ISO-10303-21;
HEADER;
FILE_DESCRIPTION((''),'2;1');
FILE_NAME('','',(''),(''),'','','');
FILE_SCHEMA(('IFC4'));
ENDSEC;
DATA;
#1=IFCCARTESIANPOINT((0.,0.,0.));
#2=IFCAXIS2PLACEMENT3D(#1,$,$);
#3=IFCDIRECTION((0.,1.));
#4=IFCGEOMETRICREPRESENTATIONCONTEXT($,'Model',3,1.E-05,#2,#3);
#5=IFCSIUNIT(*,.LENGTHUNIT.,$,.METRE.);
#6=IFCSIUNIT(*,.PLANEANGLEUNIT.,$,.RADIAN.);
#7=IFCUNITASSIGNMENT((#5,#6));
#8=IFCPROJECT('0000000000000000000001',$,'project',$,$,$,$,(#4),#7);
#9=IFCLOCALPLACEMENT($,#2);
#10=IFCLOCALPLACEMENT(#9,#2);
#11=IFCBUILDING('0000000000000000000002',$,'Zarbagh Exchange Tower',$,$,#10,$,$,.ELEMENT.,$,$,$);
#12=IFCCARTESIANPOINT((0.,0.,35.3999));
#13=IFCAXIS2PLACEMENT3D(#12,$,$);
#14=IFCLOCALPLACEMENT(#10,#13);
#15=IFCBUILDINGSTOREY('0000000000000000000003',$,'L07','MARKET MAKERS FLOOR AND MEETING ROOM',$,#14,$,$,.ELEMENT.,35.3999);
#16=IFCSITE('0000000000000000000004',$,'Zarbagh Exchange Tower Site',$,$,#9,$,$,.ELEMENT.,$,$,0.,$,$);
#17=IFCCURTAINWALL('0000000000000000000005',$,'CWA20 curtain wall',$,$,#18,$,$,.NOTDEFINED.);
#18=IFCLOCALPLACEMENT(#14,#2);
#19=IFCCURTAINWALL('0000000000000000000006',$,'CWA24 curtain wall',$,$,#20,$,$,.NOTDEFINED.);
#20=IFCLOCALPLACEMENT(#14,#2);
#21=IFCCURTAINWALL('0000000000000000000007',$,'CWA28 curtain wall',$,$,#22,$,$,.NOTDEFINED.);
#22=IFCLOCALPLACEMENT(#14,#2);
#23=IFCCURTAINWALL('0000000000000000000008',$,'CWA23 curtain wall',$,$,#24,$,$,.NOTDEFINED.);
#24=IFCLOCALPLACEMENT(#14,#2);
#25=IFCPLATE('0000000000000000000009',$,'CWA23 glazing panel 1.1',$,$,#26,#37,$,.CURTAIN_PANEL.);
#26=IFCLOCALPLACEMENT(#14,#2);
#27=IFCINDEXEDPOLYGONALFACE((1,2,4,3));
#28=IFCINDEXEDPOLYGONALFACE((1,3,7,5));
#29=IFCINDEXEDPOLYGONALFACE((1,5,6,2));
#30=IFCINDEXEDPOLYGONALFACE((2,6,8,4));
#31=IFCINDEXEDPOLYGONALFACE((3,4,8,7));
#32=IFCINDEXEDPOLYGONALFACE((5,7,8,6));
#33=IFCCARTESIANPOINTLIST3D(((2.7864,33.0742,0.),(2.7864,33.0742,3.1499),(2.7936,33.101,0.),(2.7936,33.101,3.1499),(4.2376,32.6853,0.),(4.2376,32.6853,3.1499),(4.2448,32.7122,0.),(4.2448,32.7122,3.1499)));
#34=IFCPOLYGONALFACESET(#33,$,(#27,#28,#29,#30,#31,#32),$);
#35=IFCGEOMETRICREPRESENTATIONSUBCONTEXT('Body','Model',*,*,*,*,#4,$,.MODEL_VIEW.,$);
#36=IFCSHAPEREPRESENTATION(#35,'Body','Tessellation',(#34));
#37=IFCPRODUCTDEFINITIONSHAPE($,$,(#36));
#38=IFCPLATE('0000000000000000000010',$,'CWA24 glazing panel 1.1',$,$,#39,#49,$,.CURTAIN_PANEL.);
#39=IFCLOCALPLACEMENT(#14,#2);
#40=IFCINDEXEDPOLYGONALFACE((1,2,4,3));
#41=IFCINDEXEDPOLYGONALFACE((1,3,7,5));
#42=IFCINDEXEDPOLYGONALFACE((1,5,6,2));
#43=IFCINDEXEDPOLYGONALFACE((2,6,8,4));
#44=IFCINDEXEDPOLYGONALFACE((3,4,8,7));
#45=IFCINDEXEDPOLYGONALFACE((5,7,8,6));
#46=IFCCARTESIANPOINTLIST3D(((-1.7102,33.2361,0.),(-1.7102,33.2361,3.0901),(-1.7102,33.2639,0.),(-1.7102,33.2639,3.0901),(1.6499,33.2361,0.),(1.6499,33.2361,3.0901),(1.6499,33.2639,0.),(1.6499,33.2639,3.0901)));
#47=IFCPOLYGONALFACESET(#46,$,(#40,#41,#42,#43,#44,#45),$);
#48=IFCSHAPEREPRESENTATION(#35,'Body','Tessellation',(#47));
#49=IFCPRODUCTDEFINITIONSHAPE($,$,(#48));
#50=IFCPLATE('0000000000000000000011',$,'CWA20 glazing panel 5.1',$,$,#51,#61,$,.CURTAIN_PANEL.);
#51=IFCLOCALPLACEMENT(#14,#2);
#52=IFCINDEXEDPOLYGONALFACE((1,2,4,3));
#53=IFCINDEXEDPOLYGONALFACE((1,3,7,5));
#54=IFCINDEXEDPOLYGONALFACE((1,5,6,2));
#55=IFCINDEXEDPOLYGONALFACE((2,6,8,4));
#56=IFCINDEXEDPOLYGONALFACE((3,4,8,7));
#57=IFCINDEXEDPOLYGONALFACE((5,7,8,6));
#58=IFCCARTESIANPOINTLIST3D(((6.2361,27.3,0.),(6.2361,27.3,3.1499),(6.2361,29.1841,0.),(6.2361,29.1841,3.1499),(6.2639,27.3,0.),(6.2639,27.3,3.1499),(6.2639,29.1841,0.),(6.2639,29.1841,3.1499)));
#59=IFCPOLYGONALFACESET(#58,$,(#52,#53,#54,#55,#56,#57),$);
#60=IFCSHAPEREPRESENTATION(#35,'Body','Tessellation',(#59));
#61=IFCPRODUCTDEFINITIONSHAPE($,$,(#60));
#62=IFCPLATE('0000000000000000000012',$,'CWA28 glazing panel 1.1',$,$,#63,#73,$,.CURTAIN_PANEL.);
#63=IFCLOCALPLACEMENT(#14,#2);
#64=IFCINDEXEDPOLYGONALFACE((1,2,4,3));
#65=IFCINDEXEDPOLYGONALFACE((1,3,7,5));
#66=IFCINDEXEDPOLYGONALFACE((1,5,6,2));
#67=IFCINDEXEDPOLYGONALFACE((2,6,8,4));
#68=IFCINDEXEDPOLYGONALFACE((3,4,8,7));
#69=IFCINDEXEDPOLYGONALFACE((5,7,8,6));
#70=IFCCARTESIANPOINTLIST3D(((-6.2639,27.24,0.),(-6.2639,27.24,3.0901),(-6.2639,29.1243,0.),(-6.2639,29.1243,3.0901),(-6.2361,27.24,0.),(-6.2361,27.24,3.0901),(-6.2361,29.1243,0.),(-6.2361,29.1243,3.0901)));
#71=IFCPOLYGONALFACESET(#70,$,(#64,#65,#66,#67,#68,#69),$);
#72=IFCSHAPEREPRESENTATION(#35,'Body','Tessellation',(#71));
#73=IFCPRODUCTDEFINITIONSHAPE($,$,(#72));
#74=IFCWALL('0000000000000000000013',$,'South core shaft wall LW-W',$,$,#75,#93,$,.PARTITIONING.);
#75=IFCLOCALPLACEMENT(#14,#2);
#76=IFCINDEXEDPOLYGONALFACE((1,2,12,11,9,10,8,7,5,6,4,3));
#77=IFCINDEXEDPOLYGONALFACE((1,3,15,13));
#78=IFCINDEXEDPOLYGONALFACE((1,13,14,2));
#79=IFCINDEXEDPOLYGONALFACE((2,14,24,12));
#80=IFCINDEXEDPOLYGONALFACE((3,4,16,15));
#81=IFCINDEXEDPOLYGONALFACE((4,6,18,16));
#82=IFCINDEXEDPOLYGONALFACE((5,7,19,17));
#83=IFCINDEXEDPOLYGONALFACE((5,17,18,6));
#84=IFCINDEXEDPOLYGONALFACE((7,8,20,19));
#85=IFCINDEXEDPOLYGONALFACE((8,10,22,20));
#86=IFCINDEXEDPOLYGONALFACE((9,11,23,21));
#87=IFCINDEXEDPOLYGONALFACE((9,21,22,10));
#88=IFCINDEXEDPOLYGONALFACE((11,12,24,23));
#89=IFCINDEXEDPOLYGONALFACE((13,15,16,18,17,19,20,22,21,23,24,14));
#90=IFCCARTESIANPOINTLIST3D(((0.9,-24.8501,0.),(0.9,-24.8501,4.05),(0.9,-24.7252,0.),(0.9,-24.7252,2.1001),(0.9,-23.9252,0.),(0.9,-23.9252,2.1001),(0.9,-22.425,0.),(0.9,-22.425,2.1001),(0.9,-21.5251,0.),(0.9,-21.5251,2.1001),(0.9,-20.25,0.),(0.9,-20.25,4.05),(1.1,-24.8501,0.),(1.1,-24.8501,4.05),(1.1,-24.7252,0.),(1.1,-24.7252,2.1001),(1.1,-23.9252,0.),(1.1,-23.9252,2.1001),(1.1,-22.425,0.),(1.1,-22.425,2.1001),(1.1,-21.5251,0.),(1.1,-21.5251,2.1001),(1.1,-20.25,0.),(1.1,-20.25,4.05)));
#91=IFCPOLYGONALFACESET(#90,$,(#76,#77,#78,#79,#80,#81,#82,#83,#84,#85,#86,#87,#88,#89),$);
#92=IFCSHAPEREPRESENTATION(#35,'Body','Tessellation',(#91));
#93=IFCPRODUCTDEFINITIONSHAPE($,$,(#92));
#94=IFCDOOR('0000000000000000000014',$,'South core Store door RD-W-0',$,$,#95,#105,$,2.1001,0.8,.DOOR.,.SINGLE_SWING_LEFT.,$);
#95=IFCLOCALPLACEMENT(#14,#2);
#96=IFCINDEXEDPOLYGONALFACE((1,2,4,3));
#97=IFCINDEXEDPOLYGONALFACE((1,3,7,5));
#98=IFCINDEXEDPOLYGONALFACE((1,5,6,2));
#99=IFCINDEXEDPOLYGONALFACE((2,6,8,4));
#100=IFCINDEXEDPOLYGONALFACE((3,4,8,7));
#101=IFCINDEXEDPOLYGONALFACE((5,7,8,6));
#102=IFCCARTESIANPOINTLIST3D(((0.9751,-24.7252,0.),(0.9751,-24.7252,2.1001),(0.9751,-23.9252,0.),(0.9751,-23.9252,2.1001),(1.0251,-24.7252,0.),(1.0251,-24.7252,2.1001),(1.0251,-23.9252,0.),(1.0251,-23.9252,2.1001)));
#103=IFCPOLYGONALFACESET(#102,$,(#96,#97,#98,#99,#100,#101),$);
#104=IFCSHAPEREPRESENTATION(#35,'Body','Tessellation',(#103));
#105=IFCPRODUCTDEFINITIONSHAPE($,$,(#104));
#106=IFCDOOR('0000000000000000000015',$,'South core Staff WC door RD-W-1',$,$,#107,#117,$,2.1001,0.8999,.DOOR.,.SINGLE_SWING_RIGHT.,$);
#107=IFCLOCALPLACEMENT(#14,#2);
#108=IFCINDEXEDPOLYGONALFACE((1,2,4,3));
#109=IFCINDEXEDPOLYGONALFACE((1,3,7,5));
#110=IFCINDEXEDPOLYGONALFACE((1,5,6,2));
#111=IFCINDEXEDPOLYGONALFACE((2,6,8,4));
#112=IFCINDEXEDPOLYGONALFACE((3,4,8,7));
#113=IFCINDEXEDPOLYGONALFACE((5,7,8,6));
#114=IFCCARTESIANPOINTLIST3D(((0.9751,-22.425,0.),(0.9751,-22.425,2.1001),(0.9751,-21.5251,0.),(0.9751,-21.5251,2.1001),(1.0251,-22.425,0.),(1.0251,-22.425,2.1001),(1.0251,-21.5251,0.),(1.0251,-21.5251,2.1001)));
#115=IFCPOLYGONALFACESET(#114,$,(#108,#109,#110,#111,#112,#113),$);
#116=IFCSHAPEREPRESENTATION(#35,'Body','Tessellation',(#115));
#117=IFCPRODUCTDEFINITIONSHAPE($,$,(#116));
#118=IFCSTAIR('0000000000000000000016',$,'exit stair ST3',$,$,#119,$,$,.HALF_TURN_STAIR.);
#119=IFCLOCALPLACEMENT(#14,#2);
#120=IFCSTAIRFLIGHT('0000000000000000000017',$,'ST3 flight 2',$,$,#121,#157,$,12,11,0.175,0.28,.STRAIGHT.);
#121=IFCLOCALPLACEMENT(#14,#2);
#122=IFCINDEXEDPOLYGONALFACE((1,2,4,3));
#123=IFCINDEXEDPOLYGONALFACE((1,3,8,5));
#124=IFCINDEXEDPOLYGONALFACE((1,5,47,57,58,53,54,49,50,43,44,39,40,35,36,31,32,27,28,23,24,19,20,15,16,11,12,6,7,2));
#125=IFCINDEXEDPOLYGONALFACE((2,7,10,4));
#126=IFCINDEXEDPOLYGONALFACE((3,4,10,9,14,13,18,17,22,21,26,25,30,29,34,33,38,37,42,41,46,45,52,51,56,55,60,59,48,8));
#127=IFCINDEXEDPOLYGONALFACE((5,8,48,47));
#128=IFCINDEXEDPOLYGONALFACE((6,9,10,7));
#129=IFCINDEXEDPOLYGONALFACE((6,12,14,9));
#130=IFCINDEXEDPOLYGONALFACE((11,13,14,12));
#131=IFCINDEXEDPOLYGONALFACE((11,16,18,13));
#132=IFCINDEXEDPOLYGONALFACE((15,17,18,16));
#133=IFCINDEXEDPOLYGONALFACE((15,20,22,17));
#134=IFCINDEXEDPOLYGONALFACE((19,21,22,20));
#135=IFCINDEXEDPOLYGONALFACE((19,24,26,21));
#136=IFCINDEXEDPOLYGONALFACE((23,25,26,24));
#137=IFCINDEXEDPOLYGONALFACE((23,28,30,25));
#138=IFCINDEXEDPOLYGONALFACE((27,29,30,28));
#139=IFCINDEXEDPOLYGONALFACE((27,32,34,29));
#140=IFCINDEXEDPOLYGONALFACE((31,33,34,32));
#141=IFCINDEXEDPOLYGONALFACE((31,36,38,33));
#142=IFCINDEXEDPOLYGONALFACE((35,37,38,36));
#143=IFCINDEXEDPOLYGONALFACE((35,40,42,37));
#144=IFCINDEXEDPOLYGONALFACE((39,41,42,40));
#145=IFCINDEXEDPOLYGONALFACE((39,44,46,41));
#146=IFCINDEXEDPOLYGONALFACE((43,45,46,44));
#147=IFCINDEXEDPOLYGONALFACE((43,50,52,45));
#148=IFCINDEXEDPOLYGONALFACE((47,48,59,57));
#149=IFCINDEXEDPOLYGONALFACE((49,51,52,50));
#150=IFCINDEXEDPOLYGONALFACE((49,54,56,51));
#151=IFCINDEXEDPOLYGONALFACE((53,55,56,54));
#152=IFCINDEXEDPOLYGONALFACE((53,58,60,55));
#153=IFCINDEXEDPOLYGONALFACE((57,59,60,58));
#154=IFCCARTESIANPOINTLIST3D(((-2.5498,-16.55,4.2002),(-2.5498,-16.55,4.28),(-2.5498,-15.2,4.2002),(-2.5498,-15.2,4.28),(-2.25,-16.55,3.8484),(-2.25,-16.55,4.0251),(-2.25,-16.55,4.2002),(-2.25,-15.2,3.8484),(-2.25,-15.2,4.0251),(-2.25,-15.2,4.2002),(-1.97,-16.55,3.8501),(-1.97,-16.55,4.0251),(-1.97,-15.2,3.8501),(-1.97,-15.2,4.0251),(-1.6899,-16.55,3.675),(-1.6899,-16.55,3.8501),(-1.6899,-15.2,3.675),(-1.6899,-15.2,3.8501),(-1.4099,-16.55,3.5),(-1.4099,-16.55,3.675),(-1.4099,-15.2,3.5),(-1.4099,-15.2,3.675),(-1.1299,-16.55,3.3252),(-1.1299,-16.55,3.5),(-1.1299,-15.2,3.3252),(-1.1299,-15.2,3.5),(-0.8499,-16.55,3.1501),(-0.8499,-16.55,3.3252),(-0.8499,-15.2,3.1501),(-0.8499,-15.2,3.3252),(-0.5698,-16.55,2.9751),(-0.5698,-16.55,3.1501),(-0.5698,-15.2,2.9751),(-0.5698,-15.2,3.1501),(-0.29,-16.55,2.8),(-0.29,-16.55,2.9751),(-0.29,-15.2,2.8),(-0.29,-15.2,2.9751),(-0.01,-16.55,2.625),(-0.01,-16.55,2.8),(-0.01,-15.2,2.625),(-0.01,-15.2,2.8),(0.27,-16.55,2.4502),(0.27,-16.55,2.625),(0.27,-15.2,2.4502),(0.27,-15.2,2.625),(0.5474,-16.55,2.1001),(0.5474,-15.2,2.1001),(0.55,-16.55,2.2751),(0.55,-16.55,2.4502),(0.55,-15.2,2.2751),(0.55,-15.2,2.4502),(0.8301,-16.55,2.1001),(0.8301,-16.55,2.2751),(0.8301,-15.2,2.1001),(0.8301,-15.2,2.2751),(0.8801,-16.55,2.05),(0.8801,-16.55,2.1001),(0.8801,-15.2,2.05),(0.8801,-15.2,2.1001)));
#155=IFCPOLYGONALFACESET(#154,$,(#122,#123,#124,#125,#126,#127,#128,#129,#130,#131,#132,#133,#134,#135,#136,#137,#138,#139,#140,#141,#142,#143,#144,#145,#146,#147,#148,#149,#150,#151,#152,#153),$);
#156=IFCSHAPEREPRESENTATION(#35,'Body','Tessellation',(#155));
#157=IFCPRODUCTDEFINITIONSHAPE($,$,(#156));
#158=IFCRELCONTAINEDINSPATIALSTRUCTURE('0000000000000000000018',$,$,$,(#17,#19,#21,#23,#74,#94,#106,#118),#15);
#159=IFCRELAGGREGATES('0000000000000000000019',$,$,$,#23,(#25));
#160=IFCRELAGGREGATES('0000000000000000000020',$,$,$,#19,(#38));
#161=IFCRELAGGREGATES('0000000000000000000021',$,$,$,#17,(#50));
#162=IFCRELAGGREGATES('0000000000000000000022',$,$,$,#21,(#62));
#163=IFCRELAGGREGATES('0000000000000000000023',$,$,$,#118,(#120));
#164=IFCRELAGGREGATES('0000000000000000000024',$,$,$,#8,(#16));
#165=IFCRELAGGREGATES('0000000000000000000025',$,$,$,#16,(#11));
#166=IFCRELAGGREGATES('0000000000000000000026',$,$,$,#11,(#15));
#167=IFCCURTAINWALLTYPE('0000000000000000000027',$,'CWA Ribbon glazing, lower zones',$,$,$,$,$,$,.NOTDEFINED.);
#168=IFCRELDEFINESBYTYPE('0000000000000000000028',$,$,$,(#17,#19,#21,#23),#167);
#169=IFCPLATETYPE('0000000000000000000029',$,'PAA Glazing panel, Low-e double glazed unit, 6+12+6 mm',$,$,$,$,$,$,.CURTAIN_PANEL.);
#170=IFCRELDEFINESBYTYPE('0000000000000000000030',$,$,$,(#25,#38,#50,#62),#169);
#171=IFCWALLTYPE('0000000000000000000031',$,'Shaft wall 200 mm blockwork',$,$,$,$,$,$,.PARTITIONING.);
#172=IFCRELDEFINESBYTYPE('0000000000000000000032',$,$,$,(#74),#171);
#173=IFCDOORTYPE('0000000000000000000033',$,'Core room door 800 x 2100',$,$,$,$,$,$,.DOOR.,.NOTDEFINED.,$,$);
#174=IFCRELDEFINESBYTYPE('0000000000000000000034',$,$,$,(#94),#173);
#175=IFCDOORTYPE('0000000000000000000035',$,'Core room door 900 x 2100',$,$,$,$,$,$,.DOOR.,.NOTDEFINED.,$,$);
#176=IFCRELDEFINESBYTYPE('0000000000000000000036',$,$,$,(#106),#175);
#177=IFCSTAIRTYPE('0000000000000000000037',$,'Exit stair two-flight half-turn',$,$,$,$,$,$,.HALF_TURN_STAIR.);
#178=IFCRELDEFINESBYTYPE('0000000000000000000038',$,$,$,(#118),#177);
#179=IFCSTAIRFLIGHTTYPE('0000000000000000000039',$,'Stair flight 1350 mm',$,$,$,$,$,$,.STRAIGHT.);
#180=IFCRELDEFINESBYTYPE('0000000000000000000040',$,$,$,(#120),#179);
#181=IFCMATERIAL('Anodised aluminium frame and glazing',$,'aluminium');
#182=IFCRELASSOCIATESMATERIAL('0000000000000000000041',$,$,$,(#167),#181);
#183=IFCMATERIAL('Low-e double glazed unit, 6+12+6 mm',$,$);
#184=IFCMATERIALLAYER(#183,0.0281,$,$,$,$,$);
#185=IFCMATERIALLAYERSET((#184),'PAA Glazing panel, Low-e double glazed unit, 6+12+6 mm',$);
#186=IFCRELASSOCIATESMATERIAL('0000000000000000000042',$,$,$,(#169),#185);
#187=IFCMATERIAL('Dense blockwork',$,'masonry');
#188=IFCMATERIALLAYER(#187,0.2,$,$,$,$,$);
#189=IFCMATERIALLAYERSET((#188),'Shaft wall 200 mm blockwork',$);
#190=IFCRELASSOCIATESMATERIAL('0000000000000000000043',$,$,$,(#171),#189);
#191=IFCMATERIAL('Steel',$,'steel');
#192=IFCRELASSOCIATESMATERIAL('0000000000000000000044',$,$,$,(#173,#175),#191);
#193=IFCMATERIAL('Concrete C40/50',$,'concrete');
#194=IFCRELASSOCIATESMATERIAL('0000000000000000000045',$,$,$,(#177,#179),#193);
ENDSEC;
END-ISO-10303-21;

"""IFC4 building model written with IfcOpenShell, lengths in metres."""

from ifc_helpers import new_model, si_unit, direction, frame, frame_2d, origin, place, context, subcontext, project, spatial, polyline, rectangle, outline, extrude, source, transform, mapped, material, layer, layer_set, type_object, element, fill, aggregate, save


model = new_model("IFC4")

# Units and contexts
model_context = context("Model", 3, precision=1e-05, world=origin(), true_north=direction((0.0, 1.0)))
body_context = subcontext(model_context, "Body", "Model", "MODEL_VIEW")
ifc_project = project(units=[si_unit("LENGTHUNIT", "METRE"), si_unit("PLANEANGLEUNIT", "RADIAN")], contexts=[model_context])

# Site, building, storey
site_placement = place(None, origin())
site = spatial("IfcSite", under=ifc_project, at=site_placement, Name="Zarbagh Exchange Tower Site", CompositionType="ELEMENT", RefElevation=0.0)
building_placement = place(site_placement, origin())
building = spatial("IfcBuilding", under=site, at=building_placement, Name="Zarbagh Exchange Tower", CompositionType="ELEMENT")
storey_placement = place(building_placement, frame((0.0, 0.0, 35.3999)))
storey = spatial("IfcBuildingStorey", under=building, at=storey_placement, Name="L07", Description="MARKET MAKERS FLOOR AND MEETING ROOM", CompositionType="ELEMENT", Elevation=35.3999)

# Curtain walls
ifc_material_1 = material(Name="Anodised aluminium frame and glazing", Category="aluminium")
curtain_wall_type = type_object("IfcCurtainWallType", Name="CWA Ribbon glazing, lower zones", PredefinedType="NOTDEFINED", material=ifc_material_1)
curtain_wall_1_placement = place(storey_placement, origin())
curtain_wall_1 = element("IfcCurtainWall", 1, at=curtain_wall_1_placement, inside=storey, type_object=curtain_wall_type, Name="CWA20 curtain wall", PredefinedType="NOTDEFINED")
placement = place(storey_placement, origin())
curtain_wall_2_placement = place(storey_placement, origin())
curtain_wall_2 = element("IfcCurtainWall", 2, at=curtain_wall_2_placement, inside=storey, type_object=curtain_wall_type, Name="CWA24 curtain wall", PredefinedType="NOTDEFINED")
curtain_wall_3_placement = place(storey_placement, origin())
curtain_wall_3 = element("IfcCurtainWall", 3, at=curtain_wall_3_placement, inside=storey, type_object=curtain_wall_type, Name="CWA28 curtain wall", PredefinedType="NOTDEFINED")

# Shared definitions
ifc_material_2 = material(Name="Low-e double glazed unit, 6+12+6 mm")
ifc_layer_1 = layer(ifc_material_2, 0.0281)
ifc_layer_set_1 = layer_set([ifc_layer_1], Name="PAA Glazing panel, Low-e double glazed unit, 6+12+6 mm")
plate_type = type_object("IfcPlateType", Name="PAA Glazing panel, Low-e double glazed unit, 6+12+6 mm", PredefinedType="CURTAIN_PANEL", material=ifc_layer_set_1)

# Curtain wall, plate
curtain_wall_4_placement = place(storey_placement, origin())
curtain_wall_4 = element("IfcCurtainWall", 4, at=curtain_wall_4_placement, inside=storey, type_object=curtain_wall_type, Name="CWA23 curtain wall", PredefinedType="NOTDEFINED")
shared_shape_1 = source(origin(), body_context, "Body", "SweptSolid", [
    extrude(outline(polyline([(0.0, -0.0139), (1.5024, -0.0139), (1.5024, 0.0139), (0.0, 0.0139), (0.0, -0.0139)])), origin(), (0.0, 0.0, 1.0), 3.1499),
])
plate_1 = element("IfcPlate", 5, at=placement, type_object=plate_type, Name="CWA23 glazing panel 1.1", PredefinedType="CURTAIN_PANEL", context=body_context, shape_type="MappedRepresentation", body=[
    mapped(shared_shape_1, transform((4.2412, 32.6987, 0.0), x_axis=(-0.965924, 0.258825, 0.0), y_axis=(-0.258825, -0.965924, 0.0), z_axis=(0.0, 0.0, 1.0))),
])
aggregate(curtain_wall_4, [plate_1])

# Plates
shared_shape_2 = source(origin(), body_context, "Body", "SweptSolid", [
    extrude(outline(polyline([(0.0, -0.0139), (3.3601, -0.0139), (3.3601, 0.0139), (0.0, 0.0139), (0.0, -0.0139)])), origin(), (0.0, 0.0, 1.0), 3.0901),
])
plate_2 = element("IfcPlate", 6, at=placement, type_object=plate_type, Name="CWA24 glazing panel 1.1", PredefinedType="CURTAIN_PANEL", context=body_context, shape_type="MappedRepresentation", body=[
    mapped(shared_shape_2, transform((1.6499, 33.25, 0.0), x_axis=(-1.0, 0.0, 0.0), y_axis=(0.0, -1.0, 0.0), z_axis=(0.0, 0.0, 1.0))),
])
aggregate(curtain_wall_2, [plate_2])
shared_shape_3 = source(origin(), body_context, "Body", "SweptSolid", [
    extrude(outline(polyline([(0.0, -0.0139), (1.884, -0.0139), (1.884, 0.0139), (0.0, 0.0139), (0.0, -0.0139)])), origin(), (0.0, 0.0, 1.0), 3.1499),
])
plate_3 = element("IfcPlate", 7, at=placement, type_object=plate_type, Name="CWA20 glazing panel 5.1", PredefinedType="CURTAIN_PANEL", context=body_context, shape_type="MappedRepresentation", body=[
    mapped(shared_shape_3, transform((6.25, 27.3, 0.0), x_axis=(0.0, 1.0, 0.0), y_axis=(-1.0, 0.0, 0.0), z_axis=(0.0, 0.0, 1.0))),
])
aggregate(curtain_wall_1, [plate_3])
shared_shape_4 = source(origin(), body_context, "Body", "SweptSolid", [
    extrude(outline(polyline([(0.0, -0.0139), (1.8843, -0.0139), (1.8843, 0.0139), (0.0, 0.0139), (0.0, -0.0139)])), origin(), (0.0, 0.0, 1.0), 3.0901),
])
plate_4 = element("IfcPlate", 8, at=placement, type_object=plate_type, Name="CWA28 glazing panel 1.1", PredefinedType="CURTAIN_PANEL", context=body_context, shape_type="MappedRepresentation", body=[
    mapped(shared_shape_4, transform((-6.25, 29.1243, 0.0), x_axis=(0.0, -1.0, 0.0), y_axis=(1.0, 0.0, 0.0), z_axis=(0.0, 0.0, 1.0))),
])
aggregate(curtain_wall_3, [plate_4])

# Wall, openings, doors
ifc_material_3 = material(Name="Dense blockwork", Category="masonry")
ifc_layer_2 = layer(ifc_material_3, 0.2)
ifc_layer_set_2 = layer_set([ifc_layer_2], Name="Shaft wall 200 mm blockwork")
wall_type = type_object("IfcWallType", Name="Shaft wall 200 mm blockwork", PredefinedType="PARTITIONING", material=ifc_layer_set_2)
wall_placement = place(storey_placement, frame((1.0, -24.8501, 0.0), z_axis=(0.0, 0.0, 1.0), x_axis=(0.0, 1.0, 0.0)))
wall = element("IfcWall", 9, at=wall_placement, inside=storey, type_object=wall_type, Name="South core shaft wall LW-W", PredefinedType="PARTITIONING", context=body_context, shape_type="SweptSolid", body=[
    extrude(rectangle(XDim=4.6001, YDim=0.2, at=frame_2d((2.3, 0.0))), origin(), (0.0, 0.0, 1.0), 4.05),
])
opening_1_placement = place(wall_placement, frame((0.125, 0.0, 0.0)))
opening_1 = element("IfcOpeningElement", 10, at=opening_1_placement, cuts=wall, PredefinedType="OPENING", context=body_context, shape_type="SweptSolid", body=[
    extrude(rectangle(XDim=0.8, YDim=2.1001, at=frame_2d((0.3999, 1.05))), frame((0.0, 0.1099, 0.0), z_axis=(0.0, -1.0, 0.0), x_axis=(1.0, 0.0, 0.0)), (0.0, 0.0, 1.0), 0.22),
])
opening_2_placement = place(wall_placement, frame((2.425, 0.0, 0.0)))
opening_2 = element("IfcOpeningElement", 11, at=opening_2_placement, cuts=wall, PredefinedType="OPENING", context=body_context, shape_type="SweptSolid", body=[
    extrude(rectangle(XDim=0.8999, YDim=2.1001, at=frame_2d((0.45, 1.05))), frame((0.0, 0.1099, 0.0), z_axis=(0.0, -1.0, 0.0), x_axis=(1.0, 0.0, 0.0)), (0.0, 0.0, 1.0), 0.22),
])
ifc_material_4 = material(Name="Steel", Category="steel")
door_type_1 = type_object("IfcDoorType", Name="Core room door 800 x 2100", OperationType="NOTDEFINED", PredefinedType="DOOR", material=ifc_material_4)
door_1_placement = place(opening_1_placement, origin())
door_1 = element("IfcDoor", 12, at=door_1_placement, inside=storey, type_object=door_type_1, Name="South core Store door RD-W-0", OperationType="SINGLE_SWING_LEFT", OverallHeight=2.1001, OverallWidth=0.8, PredefinedType="DOOR", context=body_context, shape_type="SweptSolid", body=[
    extrude(rectangle(XDim=0.8, YDim=2.1001, at=frame_2d((0.3999, 1.05))), frame((0.0, 0.0249, 0.0), z_axis=(0.0, -1.0, 0.0), x_axis=(1.0, 0.0, 0.0)), (0.0, 0.0, 1.0), 0.05),
])
fill(opening_1, door_1)
door_type_2 = type_object("IfcDoorType", Name="Core room door 900 x 2100", OperationType="NOTDEFINED", PredefinedType="DOOR", material=ifc_material_4)
door_2_placement = place(opening_2_placement, origin())
door_2 = element("IfcDoor", 13, at=door_2_placement, inside=storey, type_object=door_type_2, Name="South core Staff WC door RD-W-1", OperationType="SINGLE_SWING_RIGHT", OverallHeight=2.1001, OverallWidth=0.8999, PredefinedType="DOOR", context=body_context, shape_type="SweptSolid", body=[
    extrude(rectangle(XDim=0.8999, YDim=2.1001, at=frame_2d((0.45, 1.05))), frame((0.0, 0.0249, 0.0), z_axis=(0.0, -1.0, 0.0), x_axis=(1.0, 0.0, 0.0)), (0.0, 0.0, 1.0), 0.05),
])
fill(opening_2, door_2)

# Stair, stair flight
ifc_material_5 = material(Name="Concrete C40/50", Category="concrete")
stair_type = type_object("IfcStairType", Name="Exit stair two-flight half-turn", PredefinedType="HALF_TURN_STAIR", material=ifc_material_5)
stair_1_placement = place(storey_placement, origin())
stair_1 = element("IfcStair", 14, at=stair_1_placement, inside=storey, type_object=stair_type, Name="exit stair ST3", PredefinedType="HALF_TURN_STAIR")
stair_flight_type = type_object("IfcStairFlightType", Name="Stair flight 1350 mm", PredefinedType="STRAIGHT", material=ifc_material_5)
stair_flight_1_placement = place(storey_placement, frame((0.8301, -15.875, 2.1001), z_axis=(0.0, 0.0, 1.0), x_axis=(-1.0, 0.0, 0.0)))
stair_flight_1 = element("IfcStairFlight", 15, at=stair_flight_1_placement, type_object=stair_flight_type, Name="ST3 flight 2", NumberOfRisers=12, NumberOfTreads=11, PredefinedType="STRAIGHT", RiserHeight=0.175, TreadLength=0.28, context=body_context, shape_type="SweptSolid", body=[
    extrude(outline(polyline([(-0.05, -0.05), (-0.05, 0.0), (0.0, 0.0), (0.0, 0.175), (0.28, 0.175), (0.28, 0.3501), (0.5601, 0.3501), (0.5601, 0.5249), (0.8401, 0.5249), (0.8401, 0.7), (1.1201, 0.7), (1.1201, 0.875), (1.3999, 0.875), (1.3999, 1.05), (1.6799, 1.05), (1.6799, 1.2251), (1.96, 1.2251), (1.96, 1.3999), (2.24, 1.3999), (2.24, 1.575), (2.52, 1.575), (2.52, 1.75), (2.8, 1.75), (2.8, 1.925), (3.0801, 1.925), (3.0801, 2.1001), (3.3799, 2.1799), (3.3799, 2.1001), (3.0801, 1.7483), (0.2827, 0.0), (-0.05, -0.05)])), frame((0.0, 0.675, 0.0), z_axis=(0.0, -1.0, 0.0), x_axis=(1.0, 0.0, 0.0)), (0.0, 0.0, 1.0), 1.3501),
])
aggregate(stair_1, [stair_flight_1])

save(model, "model.ifc")
